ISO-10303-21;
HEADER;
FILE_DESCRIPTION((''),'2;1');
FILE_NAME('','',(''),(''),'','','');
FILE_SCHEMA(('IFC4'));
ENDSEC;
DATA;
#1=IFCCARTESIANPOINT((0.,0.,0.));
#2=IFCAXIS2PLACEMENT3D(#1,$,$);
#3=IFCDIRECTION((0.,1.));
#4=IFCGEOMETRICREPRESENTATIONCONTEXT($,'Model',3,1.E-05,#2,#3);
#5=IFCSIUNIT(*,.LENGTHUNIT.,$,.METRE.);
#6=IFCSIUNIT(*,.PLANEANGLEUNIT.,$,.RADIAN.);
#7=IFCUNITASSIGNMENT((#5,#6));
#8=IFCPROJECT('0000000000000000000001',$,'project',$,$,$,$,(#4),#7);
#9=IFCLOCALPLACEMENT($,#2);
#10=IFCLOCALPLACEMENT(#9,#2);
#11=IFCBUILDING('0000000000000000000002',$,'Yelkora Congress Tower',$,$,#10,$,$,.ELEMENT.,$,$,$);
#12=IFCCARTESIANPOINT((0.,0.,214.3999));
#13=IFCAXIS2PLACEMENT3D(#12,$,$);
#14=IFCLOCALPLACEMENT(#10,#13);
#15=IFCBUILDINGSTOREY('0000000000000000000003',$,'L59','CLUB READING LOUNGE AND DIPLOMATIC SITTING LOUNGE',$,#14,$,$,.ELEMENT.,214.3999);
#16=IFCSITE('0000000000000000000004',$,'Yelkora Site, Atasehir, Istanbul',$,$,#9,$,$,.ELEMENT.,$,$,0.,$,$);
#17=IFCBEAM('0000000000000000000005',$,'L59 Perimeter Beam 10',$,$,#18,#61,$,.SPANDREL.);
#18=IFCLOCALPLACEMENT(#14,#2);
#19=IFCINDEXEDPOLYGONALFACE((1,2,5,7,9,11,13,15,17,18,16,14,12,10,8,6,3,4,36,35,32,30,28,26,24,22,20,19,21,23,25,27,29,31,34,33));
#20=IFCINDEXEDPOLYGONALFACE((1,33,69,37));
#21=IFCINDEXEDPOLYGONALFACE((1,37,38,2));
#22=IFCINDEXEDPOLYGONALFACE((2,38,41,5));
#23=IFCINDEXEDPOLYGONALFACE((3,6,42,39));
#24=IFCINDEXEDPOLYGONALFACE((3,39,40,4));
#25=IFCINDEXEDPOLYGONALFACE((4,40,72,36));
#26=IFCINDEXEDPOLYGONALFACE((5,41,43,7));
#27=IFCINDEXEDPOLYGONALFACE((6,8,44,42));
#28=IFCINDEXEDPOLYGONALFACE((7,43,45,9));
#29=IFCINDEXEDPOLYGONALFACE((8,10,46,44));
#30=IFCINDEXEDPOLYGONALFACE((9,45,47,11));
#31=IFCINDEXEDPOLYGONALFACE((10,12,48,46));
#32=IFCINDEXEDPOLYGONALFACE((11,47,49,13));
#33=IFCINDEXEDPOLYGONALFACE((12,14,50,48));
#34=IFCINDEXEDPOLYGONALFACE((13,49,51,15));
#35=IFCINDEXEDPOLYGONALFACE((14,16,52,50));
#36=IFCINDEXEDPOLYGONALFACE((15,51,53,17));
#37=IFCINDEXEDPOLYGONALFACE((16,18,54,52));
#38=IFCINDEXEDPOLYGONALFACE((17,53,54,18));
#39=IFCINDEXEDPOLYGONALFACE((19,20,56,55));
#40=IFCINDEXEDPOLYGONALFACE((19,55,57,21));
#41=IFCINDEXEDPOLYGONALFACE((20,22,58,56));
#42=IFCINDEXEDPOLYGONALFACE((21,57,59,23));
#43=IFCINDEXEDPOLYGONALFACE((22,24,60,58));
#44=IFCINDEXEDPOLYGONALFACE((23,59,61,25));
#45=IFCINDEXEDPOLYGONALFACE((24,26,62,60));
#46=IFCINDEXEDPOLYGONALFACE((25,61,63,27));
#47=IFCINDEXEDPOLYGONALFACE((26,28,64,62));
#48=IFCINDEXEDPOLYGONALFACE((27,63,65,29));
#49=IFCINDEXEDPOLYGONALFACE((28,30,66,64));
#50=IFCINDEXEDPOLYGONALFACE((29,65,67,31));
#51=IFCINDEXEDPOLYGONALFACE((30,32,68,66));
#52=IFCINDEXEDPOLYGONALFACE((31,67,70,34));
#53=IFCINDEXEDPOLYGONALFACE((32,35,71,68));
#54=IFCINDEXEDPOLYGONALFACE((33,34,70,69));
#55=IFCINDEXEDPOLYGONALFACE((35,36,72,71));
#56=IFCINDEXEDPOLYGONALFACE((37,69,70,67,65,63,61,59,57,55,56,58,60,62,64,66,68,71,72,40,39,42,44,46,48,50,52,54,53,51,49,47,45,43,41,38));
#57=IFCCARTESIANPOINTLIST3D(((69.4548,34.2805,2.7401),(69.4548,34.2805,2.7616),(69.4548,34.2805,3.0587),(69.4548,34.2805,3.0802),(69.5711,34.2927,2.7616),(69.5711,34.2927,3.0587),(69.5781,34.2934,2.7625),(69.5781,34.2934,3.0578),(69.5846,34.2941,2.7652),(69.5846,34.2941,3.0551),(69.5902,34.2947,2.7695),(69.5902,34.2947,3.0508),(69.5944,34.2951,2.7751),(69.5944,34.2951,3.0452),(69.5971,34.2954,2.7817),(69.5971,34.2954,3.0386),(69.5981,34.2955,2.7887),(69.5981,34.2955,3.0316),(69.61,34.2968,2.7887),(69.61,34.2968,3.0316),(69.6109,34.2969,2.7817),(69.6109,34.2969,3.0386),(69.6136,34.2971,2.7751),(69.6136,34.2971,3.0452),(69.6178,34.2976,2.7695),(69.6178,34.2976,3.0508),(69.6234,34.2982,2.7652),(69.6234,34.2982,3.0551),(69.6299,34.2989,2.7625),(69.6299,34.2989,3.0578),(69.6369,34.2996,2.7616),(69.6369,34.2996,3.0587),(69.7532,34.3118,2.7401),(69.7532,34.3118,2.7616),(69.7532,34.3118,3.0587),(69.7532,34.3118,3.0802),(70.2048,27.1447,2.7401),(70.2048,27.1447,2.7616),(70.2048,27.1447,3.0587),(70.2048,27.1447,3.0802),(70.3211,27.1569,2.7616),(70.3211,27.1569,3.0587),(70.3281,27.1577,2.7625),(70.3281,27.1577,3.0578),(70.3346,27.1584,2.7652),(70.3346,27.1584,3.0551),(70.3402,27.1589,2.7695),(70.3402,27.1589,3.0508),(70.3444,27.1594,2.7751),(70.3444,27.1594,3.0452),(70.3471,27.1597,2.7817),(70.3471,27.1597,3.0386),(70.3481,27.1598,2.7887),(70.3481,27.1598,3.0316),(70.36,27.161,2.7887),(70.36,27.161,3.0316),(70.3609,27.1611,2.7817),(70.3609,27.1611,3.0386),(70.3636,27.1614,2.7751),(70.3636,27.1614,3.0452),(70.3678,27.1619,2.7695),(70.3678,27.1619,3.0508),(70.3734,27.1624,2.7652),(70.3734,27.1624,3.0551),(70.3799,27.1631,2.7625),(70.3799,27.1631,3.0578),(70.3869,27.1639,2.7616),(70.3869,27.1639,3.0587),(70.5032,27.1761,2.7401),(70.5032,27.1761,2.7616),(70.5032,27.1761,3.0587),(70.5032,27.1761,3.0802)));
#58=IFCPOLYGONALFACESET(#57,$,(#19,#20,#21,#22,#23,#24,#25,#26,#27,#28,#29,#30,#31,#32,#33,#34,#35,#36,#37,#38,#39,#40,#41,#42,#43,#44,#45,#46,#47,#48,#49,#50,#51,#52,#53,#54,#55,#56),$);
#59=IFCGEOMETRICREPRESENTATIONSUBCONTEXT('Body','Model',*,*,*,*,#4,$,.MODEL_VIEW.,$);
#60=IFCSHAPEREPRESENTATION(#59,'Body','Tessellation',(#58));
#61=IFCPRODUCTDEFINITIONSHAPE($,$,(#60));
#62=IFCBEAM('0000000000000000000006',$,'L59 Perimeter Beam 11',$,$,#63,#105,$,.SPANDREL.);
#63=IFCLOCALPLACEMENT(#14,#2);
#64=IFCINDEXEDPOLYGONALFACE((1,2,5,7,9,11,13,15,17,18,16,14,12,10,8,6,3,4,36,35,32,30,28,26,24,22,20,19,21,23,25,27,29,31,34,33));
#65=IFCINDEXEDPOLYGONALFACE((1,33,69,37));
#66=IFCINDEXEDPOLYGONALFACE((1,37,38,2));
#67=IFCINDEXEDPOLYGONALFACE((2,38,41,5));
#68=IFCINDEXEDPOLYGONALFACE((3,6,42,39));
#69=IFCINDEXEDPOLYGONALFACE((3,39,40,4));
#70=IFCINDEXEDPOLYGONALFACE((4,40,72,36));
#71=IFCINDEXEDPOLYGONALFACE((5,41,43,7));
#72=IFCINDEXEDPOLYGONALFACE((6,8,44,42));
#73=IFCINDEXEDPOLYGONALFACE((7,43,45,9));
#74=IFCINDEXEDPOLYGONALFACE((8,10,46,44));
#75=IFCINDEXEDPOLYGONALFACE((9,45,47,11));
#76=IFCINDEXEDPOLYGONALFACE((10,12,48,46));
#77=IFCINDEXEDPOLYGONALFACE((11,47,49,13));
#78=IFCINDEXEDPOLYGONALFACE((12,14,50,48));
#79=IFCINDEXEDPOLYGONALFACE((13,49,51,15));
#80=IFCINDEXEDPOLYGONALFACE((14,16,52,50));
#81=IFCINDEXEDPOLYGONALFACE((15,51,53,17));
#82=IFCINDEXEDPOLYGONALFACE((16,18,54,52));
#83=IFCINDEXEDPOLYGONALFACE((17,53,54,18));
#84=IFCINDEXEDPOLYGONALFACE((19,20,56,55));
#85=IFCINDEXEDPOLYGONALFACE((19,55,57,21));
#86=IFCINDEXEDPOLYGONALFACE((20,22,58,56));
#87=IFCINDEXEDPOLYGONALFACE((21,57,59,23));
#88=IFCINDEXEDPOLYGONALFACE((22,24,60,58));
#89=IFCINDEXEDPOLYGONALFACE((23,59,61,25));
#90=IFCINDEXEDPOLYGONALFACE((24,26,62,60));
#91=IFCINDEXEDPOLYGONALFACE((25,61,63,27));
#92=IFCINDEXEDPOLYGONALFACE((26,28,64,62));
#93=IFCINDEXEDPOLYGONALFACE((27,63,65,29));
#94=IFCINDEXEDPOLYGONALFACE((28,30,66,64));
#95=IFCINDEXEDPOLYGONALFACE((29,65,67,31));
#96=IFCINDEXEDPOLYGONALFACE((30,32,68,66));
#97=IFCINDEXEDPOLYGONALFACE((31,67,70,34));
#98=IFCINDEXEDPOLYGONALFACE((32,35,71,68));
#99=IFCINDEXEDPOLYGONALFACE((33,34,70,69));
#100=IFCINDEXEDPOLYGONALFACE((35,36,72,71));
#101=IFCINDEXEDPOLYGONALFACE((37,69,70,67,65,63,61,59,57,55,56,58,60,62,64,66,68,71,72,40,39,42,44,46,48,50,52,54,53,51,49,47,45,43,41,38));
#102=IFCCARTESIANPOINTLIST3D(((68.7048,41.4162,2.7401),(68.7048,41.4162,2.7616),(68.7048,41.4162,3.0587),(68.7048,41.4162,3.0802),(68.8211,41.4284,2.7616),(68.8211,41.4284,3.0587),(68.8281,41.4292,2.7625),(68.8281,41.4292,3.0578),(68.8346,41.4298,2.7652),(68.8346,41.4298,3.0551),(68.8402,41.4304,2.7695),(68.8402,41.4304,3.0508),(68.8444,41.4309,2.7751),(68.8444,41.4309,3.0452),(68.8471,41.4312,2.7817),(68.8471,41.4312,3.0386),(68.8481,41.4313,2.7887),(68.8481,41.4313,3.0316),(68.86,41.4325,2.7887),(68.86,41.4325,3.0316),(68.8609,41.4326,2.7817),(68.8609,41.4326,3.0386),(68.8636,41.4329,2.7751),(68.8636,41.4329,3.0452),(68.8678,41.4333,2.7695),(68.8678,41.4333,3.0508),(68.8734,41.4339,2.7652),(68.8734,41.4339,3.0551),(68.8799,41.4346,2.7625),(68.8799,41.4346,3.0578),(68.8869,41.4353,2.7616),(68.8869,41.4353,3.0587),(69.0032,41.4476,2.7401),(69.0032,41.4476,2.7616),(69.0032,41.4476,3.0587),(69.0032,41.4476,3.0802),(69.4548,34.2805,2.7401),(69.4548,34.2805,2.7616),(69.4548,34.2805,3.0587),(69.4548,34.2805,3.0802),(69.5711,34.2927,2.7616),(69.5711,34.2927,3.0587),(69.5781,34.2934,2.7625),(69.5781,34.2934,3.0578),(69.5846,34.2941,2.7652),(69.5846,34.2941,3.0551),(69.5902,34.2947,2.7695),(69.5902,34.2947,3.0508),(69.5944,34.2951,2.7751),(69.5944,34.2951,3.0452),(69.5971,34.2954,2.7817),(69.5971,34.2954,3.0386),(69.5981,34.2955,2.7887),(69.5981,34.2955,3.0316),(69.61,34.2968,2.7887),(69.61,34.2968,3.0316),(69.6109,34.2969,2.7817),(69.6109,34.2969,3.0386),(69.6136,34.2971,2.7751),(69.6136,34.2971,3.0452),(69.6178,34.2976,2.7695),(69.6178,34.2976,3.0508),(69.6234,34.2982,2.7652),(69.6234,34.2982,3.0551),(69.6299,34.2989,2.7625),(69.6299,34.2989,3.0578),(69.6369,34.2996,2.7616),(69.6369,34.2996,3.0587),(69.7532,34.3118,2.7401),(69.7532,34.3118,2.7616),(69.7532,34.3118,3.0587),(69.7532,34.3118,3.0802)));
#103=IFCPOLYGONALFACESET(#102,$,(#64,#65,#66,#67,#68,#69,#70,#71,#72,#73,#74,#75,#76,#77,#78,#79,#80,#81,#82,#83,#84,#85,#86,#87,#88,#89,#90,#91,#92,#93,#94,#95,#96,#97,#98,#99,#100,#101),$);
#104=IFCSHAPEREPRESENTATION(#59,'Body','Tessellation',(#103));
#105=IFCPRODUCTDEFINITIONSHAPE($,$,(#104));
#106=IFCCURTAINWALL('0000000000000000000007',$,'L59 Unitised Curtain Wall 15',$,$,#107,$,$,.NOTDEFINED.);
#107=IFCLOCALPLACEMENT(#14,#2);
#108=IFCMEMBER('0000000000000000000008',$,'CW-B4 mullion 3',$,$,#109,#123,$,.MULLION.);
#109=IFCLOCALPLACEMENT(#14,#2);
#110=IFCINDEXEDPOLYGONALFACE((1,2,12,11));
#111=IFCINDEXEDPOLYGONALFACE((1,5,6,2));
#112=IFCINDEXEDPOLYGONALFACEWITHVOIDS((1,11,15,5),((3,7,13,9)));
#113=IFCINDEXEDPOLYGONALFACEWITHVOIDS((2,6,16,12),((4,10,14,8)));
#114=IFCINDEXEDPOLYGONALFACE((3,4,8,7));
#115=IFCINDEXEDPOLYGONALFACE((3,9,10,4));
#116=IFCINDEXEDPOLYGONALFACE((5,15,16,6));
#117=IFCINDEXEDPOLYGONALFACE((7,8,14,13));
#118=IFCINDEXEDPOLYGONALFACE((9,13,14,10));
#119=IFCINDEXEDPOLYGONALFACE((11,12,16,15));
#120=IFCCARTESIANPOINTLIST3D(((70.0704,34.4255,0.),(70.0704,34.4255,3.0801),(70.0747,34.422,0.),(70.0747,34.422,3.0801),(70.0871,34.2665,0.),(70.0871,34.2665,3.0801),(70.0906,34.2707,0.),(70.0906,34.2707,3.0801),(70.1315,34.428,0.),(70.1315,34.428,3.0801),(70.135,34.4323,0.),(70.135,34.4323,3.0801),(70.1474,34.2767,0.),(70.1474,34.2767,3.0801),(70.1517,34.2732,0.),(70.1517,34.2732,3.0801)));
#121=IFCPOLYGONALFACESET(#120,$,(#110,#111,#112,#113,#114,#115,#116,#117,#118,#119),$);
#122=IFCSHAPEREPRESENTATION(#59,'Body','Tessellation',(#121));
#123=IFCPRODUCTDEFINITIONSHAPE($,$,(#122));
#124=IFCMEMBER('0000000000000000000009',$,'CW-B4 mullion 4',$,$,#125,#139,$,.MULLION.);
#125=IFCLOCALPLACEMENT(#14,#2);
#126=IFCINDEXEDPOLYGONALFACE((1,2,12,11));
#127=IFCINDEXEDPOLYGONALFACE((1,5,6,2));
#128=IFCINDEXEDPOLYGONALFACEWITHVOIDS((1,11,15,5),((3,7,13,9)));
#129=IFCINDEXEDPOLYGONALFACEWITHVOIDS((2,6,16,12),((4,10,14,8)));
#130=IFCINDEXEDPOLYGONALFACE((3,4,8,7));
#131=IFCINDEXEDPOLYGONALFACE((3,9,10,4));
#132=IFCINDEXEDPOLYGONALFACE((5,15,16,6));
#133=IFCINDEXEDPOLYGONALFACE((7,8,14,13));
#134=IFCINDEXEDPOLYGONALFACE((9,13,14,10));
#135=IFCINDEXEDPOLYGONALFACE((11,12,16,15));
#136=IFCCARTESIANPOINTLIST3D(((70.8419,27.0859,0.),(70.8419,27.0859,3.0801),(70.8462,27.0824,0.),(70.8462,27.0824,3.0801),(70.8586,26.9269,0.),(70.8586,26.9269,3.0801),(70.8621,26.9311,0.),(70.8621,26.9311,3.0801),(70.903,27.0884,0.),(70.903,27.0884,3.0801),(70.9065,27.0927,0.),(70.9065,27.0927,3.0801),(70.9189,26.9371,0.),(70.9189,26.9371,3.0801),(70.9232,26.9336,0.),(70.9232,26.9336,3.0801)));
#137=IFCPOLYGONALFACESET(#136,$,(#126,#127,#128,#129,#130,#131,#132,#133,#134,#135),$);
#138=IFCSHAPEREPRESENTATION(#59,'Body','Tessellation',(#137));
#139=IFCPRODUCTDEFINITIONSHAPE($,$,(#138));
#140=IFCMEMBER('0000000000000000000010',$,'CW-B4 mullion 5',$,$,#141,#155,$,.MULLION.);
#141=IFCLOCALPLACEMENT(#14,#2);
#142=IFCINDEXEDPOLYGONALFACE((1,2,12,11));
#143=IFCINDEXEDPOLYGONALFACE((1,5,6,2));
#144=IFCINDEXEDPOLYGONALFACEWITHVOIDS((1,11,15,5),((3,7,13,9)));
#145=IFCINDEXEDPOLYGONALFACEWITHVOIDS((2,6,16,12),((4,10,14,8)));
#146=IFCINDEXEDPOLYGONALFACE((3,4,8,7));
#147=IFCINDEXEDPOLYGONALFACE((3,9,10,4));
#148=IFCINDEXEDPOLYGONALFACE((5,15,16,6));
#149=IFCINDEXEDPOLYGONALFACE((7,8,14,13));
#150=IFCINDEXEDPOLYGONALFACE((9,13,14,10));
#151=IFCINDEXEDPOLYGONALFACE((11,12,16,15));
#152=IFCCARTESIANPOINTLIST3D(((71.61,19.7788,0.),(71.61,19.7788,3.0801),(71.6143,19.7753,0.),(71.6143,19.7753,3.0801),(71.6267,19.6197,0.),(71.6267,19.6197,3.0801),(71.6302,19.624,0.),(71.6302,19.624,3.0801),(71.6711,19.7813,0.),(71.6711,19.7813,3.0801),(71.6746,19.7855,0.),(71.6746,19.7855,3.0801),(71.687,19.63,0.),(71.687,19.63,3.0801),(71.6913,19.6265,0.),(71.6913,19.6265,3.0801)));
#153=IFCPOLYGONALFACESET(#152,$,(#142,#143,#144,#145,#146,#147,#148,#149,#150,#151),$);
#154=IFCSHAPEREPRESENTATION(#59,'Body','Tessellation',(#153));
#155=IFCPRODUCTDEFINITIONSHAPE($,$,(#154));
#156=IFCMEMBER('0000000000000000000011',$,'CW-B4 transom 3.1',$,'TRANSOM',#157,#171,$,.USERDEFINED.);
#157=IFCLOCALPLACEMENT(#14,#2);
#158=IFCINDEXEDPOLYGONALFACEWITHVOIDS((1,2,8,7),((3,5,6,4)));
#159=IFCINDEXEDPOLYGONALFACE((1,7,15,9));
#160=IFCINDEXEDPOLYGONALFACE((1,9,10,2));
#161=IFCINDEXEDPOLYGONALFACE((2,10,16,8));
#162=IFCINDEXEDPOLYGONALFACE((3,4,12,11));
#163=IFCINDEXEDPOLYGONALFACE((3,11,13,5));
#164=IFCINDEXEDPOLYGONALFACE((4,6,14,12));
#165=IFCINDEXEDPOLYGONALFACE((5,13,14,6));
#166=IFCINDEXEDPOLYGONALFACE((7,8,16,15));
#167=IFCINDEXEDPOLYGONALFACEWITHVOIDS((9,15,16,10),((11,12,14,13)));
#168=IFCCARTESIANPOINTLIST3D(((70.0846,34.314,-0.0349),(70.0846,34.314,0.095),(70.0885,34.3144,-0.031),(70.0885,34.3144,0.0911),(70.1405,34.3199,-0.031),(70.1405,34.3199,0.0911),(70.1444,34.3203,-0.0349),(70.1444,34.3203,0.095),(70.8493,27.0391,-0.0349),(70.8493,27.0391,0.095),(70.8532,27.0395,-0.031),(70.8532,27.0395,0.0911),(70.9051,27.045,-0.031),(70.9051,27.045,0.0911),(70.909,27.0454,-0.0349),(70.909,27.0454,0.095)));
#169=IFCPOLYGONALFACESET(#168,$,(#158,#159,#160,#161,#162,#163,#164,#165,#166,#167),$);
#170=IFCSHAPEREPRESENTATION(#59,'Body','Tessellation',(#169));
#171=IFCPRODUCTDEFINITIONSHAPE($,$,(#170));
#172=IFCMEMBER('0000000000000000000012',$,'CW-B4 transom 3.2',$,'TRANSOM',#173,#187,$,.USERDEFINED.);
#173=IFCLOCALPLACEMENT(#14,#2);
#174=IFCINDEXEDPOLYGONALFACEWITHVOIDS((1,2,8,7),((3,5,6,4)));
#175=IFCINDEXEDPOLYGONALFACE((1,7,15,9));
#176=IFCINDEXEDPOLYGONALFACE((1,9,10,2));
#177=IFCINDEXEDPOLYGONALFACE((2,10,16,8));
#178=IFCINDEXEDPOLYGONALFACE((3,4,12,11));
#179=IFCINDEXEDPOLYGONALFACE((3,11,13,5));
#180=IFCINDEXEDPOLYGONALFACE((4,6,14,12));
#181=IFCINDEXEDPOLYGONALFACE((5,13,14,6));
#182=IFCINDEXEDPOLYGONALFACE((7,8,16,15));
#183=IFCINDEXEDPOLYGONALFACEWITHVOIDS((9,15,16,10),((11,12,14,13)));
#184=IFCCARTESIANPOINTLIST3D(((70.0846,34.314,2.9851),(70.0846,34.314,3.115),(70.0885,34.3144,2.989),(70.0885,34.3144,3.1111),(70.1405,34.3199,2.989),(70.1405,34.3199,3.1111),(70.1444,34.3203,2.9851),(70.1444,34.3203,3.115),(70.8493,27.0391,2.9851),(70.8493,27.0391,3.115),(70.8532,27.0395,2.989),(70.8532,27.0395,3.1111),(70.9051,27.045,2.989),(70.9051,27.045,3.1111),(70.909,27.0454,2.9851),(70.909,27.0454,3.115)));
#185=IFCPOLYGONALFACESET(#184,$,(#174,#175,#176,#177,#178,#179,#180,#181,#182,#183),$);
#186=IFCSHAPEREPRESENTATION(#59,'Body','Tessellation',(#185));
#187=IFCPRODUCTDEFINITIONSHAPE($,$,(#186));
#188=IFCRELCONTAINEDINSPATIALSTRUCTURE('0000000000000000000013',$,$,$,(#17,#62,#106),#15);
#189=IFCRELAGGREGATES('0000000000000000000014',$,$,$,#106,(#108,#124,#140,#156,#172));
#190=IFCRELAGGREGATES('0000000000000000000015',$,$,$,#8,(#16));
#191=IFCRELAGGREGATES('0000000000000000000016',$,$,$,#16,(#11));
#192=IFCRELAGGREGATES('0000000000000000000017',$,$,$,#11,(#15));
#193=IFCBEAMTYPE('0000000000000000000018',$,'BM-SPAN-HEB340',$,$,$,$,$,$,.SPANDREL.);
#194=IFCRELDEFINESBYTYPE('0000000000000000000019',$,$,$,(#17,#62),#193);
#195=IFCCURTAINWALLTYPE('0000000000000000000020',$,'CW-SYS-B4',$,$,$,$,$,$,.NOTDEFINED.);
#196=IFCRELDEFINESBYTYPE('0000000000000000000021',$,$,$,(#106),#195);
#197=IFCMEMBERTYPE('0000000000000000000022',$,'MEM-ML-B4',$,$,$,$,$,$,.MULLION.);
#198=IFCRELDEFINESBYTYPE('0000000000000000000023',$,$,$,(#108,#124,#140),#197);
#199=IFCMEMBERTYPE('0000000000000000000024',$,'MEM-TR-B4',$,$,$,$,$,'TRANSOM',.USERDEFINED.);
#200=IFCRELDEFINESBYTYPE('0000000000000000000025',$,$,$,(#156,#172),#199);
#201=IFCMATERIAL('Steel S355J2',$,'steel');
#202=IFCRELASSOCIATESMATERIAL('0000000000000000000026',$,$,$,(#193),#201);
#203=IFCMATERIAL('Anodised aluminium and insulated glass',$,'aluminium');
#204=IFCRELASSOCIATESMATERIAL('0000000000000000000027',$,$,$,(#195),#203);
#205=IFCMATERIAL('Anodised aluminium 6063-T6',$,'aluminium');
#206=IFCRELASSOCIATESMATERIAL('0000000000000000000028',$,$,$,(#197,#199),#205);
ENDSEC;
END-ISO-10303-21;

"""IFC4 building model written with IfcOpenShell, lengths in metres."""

from ifc_helpers import new_model, si_unit, direction, frame, origin, origin_2d, place, context, subcontext, project, spatial, hollow_rectangle, i_section, extrude, material, material_profile, profile_set, type_object, element, aggregate, save


model = new_model("IFC4")

# Units and contexts
model_context = context("Model", 3, precision=1e-05, world=origin(), true_north=direction((0.0, 1.0)))
body_context = subcontext(model_context, "Body", "Model", "MODEL_VIEW")
ifc_project = project(units=[si_unit("LENGTHUNIT", "METRE"), si_unit("PLANEANGLEUNIT", "RADIAN")], contexts=[model_context])

# Site, building, storey
site_placement = place(None, origin())
site = spatial("IfcSite", under=ifc_project, at=site_placement, Name="Yelkora Site, Atasehir, Istanbul", CompositionType="ELEMENT", RefElevation=0.0)
building_placement = place(site_placement, origin())
building = spatial("IfcBuilding", under=site, at=building_placement, Name="Yelkora Congress Tower", CompositionType="ELEMENT")
storey_placement = place(building_placement, frame((0.0, 0.0, 214.3999)))
storey = spatial("IfcBuildingStorey", under=building, at=storey_placement, Name="L59", Description="CLUB READING LOUNGE AND DIPLOMATIC SITTING LOUNGE", CompositionType="ELEMENT", Elevation=214.3999)

# Shared definitions
ifc_material_1 = material(Name="Steel S355J2", Category="steel")

# Beams
ifc_material_profile_1 = material_profile(ifc_material_1, i_section(OverallWidth=0.3, OverallDepth=0.3401, WebThickness=0.012, FlangeThickness=0.0215, FilletRadius=0.0271, at=origin_2d()), Name="HEB 340")
ifc_profile_set_1 = profile_set([ifc_material_profile_1], Name="Steel S355J2")
beam_type_1 = type_object("IfcBeamType", Name="BM-SPAN-HEB340", PredefinedType="SPANDREL", material=ifc_profile_set_1)
for number, where, z_axis, x_axis, name in (
    (1, (70.354, 27.1604, 2.9102), (-0.104529, 0.994522, 0.0), (-0.994522, -0.104529, 0.0), "L59 Perimeter Beam 10"),
    (2, (69.604, 34.2961, 2.9102), (-0.104529, 0.994522, 0.0), (-0.994522, -0.104529, 0.0), "L59 Perimeter Beam 11"),
):
    element("IfcBeam", number, at=place(storey_placement, frame(where, z_axis=z_axis, x_axis=x_axis)), inside=storey, type_object=beam_type_1, Name=name, PredefinedType="SPANDREL", context=body_context, shape_type="SweptSolid", body=[
        extrude(i_section(OverallWidth=0.3, OverallDepth=0.3401, WebThickness=0.012, FlangeThickness=0.0215, FilletRadius=0.0271, at=origin_2d()), origin(), (0.0, 0.0, 1.0), 7.175),
    ])

# Curtain wall, members
ifc_material_2 = material(Name="Anodised aluminium and insulated glass", Category="aluminium")
curtain_wall_type = type_object("IfcCurtainWallType", Name="CW-SYS-B4", PredefinedType="NOTDEFINED", material=ifc_material_2)
curtain_wall_placement = place(storey_placement, origin())
curtain_wall = element("IfcCurtainWall", 3, at=curtain_wall_placement, inside=storey, type_object=curtain_wall_type, Name="L59 Unitised Curtain Wall 15", PredefinedType="NOTDEFINED")
ifc_material_3 = material(Name="Anodised aluminium 6063-T6", Category="aluminium")
ifc_material_profile_2 = material_profile(ifc_material_3, hollow_rectangle(XDim=0.0649, YDim=0.1599, WallThickness=0.0039, at=origin_2d()), Name="ALU 65x160x4")
ifc_profile_set_2 = profile_set([ifc_material_profile_2], Name="Anodised aluminium 6063-T6")
member_type_1 = type_object("IfcMemberType", Name="MEM-ML-B4", PredefinedType="MULLION", material=ifc_profile_set_2)
member_1_placement = place(storey_placement, frame((70.1111, 34.3494, 0.0), z_axis=(0.0, 0.0, 1.0), x_axis=(0.994522, 0.104526, 0.0)))
member_1 = element("IfcMember", 4, at=member_1_placement, type_object=member_type_1, Name="CW-B4 mullion 3", PredefinedType="MULLION", context=body_context, shape_type="SweptSolid", body=[
    extrude(hollow_rectangle(XDim=0.0649, YDim=0.1599, WallThickness=0.0039, at=origin_2d()), origin(), (0.0, 0.0, 1.0), 3.0801),
])
member_2_placement = place(storey_placement, frame((70.8826, 27.0098, 0.0), z_axis=(0.0, 0.0, 1.0), x_axis=(0.994522, 0.104526, 0.0)))
member_2 = element("IfcMember", 5, at=member_2_placement, type_object=member_type_1, Name="CW-B4 mullion 4", PredefinedType="MULLION", context=body_context, shape_type="SweptSolid", body=[
    extrude(hollow_rectangle(XDim=0.0649, YDim=0.1599, WallThickness=0.0039, at=origin_2d()), origin(), (0.0, 0.0, 1.0), 3.0801),
])
member_3_placement = place(storey_placement, frame((71.6506, 19.7026, 0.0), z_axis=(0.0, 0.0, 1.0), x_axis=(0.994522, 0.104526, 0.0)))
member_3 = element("IfcMember", 6, at=member_3_placement, type_object=member_type_1, Name="CW-B4 mullion 5", PredefinedType="MULLION", context=body_context, shape_type="SweptSolid", body=[
    extrude(hollow_rectangle(XDim=0.0649, YDim=0.1599, WallThickness=0.0039, at=origin_2d()), origin(), (0.0, 0.0, 1.0), 3.0801),
])
ifc_material_profile_3 = material_profile(ifc_material_3, hollow_rectangle(XDim=0.0601, YDim=0.1299, WallThickness=0.0039, at=origin_2d()), Name="ALU 60x130x4")
ifc_profile_set_3 = profile_set([ifc_material_profile_3], Name="Anodised aluminium 6063-T6")
member_type_2 = type_object("IfcMemberType", Name="MEM-TR-B4", ElementType="TRANSOM", PredefinedType="USERDEFINED", material=ifc_profile_set_3)
member_4_placement = place(storey_placement, frame((70.1145, 34.3171, 0.03), z_axis=(0.104532, -0.994522, 0.0), x_axis=(0.994522, 0.104532, 0.0)))
member_4 = element("IfcMember", 7, at=member_4_placement, type_object=member_type_2, Name="CW-B4 transom 3.1", ObjectType="TRANSOM", PredefinedType="USERDEFINED", context=body_context, shape_type="SweptSolid", body=[
    extrude(hollow_rectangle(XDim=0.0601, YDim=0.1299, WallThickness=0.0039, at=origin_2d()), origin(), (0.0, 0.0, 1.0), 7.3149),
])
member_5_placement = place(storey_placement, frame((70.1145, 34.3171, 3.05), z_axis=(0.104532, -0.994522, 0.0), x_axis=(0.994522, 0.104532, 0.0)))
member_5 = element("IfcMember", 8, at=member_5_placement, type_object=member_type_2, Name="CW-B4 transom 3.2", ObjectType="TRANSOM", PredefinedType="USERDEFINED", context=body_context, shape_type="SweptSolid", body=[
    extrude(hollow_rectangle(XDim=0.0601, YDim=0.1299, WallThickness=0.0039, at=origin_2d()), origin(), (0.0, 0.0, 1.0), 7.3149),
])
aggregate(curtain_wall, [member_1, member_2, member_3, member_4, member_5])

save(model, "model.ifc")
